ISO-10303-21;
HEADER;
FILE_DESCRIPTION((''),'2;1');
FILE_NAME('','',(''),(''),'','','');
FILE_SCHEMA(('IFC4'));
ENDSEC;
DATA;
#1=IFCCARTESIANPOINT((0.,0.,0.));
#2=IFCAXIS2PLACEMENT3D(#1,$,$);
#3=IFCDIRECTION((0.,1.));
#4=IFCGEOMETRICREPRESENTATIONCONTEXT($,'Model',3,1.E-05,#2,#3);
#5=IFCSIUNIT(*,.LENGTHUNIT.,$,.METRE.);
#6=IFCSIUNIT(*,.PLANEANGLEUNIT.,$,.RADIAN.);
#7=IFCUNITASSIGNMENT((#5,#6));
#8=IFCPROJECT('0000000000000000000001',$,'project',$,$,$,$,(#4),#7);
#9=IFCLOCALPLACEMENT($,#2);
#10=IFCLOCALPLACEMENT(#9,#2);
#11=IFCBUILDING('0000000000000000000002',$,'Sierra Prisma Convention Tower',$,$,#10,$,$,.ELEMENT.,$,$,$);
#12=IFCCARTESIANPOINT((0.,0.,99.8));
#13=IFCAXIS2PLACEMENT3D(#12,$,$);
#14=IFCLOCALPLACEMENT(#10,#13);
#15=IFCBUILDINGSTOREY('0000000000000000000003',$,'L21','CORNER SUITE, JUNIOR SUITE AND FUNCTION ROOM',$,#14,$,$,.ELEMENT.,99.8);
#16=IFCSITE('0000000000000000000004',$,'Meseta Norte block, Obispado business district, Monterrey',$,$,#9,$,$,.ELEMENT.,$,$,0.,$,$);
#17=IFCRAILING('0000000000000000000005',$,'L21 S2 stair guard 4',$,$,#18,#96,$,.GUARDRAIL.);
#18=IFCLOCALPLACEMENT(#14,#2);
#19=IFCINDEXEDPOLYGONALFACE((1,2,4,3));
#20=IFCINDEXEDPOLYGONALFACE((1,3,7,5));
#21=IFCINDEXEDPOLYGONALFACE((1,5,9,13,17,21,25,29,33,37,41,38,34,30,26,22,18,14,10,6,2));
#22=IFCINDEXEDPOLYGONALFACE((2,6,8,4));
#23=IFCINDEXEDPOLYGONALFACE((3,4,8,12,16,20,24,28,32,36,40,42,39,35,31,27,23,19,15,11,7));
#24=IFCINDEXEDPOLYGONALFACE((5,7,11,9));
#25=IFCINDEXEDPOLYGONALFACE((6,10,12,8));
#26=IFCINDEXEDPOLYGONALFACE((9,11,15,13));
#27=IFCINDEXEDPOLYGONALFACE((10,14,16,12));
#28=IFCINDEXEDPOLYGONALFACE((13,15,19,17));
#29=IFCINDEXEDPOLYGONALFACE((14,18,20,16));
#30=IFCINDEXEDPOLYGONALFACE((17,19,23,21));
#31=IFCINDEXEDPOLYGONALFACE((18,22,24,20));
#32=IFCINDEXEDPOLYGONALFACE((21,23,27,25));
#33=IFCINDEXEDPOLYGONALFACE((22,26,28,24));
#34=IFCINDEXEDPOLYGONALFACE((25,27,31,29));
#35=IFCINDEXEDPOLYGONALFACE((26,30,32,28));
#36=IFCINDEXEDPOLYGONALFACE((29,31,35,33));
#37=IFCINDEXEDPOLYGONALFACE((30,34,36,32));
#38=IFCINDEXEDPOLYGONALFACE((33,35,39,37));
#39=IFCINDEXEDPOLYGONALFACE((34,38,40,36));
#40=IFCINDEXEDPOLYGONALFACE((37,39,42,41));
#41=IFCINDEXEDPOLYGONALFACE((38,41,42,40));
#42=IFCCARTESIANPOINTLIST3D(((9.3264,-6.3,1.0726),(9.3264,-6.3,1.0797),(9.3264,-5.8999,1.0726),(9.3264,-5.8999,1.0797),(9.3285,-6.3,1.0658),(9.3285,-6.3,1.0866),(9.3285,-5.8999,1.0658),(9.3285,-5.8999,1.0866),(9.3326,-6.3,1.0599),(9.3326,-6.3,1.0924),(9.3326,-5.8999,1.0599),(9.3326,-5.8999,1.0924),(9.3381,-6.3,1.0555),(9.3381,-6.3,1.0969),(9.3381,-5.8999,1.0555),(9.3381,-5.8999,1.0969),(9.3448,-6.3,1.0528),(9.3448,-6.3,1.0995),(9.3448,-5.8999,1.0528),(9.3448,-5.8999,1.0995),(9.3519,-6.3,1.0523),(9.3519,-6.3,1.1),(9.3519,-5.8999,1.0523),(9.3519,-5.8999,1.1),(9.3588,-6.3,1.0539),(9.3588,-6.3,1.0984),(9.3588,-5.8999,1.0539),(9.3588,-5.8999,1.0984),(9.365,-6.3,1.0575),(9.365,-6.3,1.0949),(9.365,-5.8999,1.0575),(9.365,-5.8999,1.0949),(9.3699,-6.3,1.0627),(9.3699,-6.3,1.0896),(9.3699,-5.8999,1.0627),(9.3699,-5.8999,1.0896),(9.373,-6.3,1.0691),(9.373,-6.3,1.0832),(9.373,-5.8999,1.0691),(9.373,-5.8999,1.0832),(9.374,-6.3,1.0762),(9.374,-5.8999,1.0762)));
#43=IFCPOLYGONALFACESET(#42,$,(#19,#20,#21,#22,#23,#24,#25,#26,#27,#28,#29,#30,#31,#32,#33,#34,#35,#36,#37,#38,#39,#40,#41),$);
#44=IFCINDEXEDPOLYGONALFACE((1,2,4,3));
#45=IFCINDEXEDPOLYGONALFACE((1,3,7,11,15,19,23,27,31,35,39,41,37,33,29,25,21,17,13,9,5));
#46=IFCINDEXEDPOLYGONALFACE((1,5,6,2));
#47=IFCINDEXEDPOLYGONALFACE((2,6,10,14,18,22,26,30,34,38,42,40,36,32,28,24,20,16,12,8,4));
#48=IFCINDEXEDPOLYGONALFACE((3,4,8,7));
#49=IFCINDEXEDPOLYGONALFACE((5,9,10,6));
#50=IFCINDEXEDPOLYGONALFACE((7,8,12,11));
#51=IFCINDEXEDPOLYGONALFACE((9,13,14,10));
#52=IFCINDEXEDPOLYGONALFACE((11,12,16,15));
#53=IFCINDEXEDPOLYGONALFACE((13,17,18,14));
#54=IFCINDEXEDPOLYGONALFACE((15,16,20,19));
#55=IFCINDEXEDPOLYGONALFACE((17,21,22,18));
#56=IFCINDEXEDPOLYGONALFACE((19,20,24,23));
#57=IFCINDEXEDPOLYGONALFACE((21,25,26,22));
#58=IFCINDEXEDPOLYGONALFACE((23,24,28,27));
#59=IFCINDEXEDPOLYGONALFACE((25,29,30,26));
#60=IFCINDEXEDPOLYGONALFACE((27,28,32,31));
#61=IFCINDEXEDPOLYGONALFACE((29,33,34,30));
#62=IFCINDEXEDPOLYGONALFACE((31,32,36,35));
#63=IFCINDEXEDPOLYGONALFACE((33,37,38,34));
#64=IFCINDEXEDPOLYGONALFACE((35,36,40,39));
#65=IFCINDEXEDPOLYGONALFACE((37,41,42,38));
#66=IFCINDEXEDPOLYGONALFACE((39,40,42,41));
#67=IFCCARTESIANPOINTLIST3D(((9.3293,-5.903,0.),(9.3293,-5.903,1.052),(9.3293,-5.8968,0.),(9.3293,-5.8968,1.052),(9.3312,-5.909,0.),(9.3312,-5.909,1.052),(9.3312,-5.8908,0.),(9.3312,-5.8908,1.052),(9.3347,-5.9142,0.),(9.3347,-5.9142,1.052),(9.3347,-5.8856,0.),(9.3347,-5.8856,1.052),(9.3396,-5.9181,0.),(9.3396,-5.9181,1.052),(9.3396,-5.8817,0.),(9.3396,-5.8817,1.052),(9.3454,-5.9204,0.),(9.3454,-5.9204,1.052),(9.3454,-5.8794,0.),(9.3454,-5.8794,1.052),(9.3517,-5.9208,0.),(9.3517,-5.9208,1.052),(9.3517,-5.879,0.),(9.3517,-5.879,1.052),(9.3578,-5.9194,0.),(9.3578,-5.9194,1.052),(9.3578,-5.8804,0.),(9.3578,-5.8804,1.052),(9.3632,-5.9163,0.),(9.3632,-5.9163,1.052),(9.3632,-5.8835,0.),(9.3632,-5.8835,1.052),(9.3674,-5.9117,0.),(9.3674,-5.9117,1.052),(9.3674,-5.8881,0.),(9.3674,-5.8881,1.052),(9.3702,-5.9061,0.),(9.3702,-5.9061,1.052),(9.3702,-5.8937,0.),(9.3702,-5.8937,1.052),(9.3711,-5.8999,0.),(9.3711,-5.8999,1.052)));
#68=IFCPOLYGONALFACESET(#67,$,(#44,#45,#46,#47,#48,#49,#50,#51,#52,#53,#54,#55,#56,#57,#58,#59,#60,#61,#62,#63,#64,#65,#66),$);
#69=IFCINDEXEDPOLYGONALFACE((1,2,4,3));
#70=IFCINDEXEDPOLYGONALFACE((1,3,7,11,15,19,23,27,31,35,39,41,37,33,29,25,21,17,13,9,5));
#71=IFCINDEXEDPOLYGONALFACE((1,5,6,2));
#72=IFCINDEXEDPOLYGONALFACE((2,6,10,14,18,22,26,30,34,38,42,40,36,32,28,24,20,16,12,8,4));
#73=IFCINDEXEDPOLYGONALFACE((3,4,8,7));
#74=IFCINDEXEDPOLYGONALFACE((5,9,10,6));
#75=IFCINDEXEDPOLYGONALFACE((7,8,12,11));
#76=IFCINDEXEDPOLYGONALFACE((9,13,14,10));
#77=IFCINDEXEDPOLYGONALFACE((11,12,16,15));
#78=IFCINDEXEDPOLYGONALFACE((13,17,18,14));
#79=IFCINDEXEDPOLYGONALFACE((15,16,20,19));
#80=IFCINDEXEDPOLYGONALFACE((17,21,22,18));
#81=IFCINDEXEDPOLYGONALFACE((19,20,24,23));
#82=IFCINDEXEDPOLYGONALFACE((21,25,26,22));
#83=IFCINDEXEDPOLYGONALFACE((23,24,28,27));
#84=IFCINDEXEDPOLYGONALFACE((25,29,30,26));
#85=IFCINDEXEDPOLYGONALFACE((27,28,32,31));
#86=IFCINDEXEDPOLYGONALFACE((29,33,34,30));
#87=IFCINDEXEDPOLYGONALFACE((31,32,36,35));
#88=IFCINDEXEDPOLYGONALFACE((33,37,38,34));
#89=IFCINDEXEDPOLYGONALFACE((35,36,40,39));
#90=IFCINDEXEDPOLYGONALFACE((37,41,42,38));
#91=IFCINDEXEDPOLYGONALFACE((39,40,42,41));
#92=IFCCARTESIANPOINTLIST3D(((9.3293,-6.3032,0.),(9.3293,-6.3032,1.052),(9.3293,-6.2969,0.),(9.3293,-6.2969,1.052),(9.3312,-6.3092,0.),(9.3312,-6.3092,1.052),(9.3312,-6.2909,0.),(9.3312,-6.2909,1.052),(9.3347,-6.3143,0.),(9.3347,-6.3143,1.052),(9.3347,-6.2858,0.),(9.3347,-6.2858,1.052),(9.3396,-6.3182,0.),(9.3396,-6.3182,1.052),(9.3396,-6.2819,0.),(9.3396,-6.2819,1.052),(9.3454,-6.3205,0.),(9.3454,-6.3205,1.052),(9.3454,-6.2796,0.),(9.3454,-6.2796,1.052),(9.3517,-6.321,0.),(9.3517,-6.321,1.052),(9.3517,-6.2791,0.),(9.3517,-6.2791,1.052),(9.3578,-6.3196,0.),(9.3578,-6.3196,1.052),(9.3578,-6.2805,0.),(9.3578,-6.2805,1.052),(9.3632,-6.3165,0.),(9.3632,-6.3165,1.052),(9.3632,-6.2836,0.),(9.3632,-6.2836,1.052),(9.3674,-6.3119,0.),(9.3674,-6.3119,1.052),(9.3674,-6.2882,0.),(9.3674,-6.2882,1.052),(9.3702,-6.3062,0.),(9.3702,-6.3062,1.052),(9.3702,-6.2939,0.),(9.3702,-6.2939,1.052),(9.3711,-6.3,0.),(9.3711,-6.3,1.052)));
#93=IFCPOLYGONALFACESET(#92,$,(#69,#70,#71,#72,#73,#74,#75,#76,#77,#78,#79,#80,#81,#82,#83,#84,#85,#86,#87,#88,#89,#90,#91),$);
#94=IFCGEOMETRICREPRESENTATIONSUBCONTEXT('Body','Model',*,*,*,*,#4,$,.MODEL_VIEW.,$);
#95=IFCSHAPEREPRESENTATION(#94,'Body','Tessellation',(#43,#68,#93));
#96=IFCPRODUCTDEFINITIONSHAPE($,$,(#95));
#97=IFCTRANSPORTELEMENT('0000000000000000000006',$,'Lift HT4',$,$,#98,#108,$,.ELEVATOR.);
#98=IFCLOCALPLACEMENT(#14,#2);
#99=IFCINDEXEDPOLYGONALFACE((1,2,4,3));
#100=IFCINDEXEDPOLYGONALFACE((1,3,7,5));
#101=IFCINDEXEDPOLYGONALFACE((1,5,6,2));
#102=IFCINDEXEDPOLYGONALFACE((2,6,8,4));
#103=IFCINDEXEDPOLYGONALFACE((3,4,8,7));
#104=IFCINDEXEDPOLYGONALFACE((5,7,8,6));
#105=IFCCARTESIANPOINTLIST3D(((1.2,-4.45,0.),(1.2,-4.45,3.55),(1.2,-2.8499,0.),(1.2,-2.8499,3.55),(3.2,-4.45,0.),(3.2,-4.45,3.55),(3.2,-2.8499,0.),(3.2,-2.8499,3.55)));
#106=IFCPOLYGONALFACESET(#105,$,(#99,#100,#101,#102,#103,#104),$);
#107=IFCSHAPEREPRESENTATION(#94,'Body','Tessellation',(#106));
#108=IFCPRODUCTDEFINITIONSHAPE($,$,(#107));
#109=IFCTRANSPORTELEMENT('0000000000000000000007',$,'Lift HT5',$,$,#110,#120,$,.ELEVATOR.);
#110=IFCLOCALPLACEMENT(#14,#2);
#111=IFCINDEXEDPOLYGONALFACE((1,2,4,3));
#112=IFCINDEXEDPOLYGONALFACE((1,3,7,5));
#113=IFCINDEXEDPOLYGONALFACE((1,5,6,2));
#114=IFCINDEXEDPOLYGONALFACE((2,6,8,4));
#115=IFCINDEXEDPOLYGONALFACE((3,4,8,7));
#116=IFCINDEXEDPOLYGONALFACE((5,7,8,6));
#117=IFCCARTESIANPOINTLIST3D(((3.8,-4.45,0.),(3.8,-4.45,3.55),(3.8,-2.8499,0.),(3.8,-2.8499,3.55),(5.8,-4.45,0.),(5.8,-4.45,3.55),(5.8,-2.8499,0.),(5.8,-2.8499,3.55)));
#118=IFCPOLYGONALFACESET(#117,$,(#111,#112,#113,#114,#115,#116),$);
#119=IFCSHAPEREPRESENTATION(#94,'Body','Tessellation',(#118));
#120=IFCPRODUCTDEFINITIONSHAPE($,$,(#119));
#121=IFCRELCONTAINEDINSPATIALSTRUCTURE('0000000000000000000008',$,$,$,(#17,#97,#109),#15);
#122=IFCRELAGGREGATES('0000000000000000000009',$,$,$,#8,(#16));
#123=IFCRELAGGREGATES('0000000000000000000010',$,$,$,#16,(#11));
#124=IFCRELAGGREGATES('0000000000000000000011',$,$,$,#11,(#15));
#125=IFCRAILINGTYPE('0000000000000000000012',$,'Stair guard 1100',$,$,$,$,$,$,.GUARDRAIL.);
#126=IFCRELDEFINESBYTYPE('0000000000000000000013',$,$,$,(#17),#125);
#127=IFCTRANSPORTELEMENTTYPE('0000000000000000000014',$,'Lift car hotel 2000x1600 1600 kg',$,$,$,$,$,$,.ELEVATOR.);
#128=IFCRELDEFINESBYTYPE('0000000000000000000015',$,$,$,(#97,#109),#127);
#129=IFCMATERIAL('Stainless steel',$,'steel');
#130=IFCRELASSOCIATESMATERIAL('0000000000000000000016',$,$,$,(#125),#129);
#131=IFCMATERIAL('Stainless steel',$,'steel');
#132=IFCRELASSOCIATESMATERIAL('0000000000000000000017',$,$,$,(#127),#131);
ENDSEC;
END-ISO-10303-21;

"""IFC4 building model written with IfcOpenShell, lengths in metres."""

from ifc_helpers import new_model, si_unit, direction, frame, origin, origin_2d, place, context, subcontext, project, spatial, rectangle, circle, extrude, material, type_object, element, save


model = new_model("IFC4")

# Units and contexts
model_context = context("Model", 3, precision=1e-05, world=origin(), true_north=direction((0.0, 1.0)))
body_context = subcontext(model_context, "Body", "Model", "MODEL_VIEW")
ifc_project = project(units=[si_unit("LENGTHUNIT", "METRE"), si_unit("PLANEANGLEUNIT", "RADIAN")], contexts=[model_context])

# Site, building, storey
site_placement = place(None, origin())
site = spatial("IfcSite", under=ifc_project, at=site_placement, Name="Meseta Norte block, Obispado business district, Monterrey", CompositionType="ELEMENT", RefElevation=0.0)
building_placement = place(site_placement, origin())
building = spatial("IfcBuilding", under=site, at=building_placement, Name="Sierra Prisma Convention Tower", CompositionType="ELEMENT")
storey_placement = place(building_placement, frame((0.0, 0.0, 99.8)))
storey = spatial("IfcBuildingStorey", under=building, at=storey_placement, Name="L21", Description="CORNER SUITE, JUNIOR SUITE AND FUNCTION ROOM", CompositionType="ELEMENT", Elevation=99.8)

# Railing
ifc_material_1 = material(Name="Stainless steel", Category="steel")
railing_type_1 = type_object("IfcRailingType", Name="Stair guard 1100", PredefinedType="GUARDRAIL", material=ifc_material_1)
railing_1_placement = place(storey_placement, frame((9.3501, -5.8999, 0.0)))
element("IfcRailing", 1, at=railing_1_placement, inside=storey, type_object=railing_type_1, Name="L21 S2 stair guard 4", PredefinedType="GUARDRAIL", context=body_context, shape_type="SweptSolid", body=[
    extrude(circle(Radius=0.0239, at=origin_2d()), frame((0.0, 0.0, 1.0762), z_axis=(0.0, -1.0, 0.0), x_axis=(1.0, 0.0, 0.0)), (0.0, 0.0, 1.0), 0.4001),
    extrude(circle(Radius=0.021, at=origin_2d()), origin(), (0.0, 0.0, 1.0), 1.052),
    extrude(circle(Radius=0.021, at=origin_2d()), frame((0.0, -0.4001, 0.0)), (0.0, 0.0, 1.0), 1.052),
])

# Transport elements
ifc_material_2 = material(Name="Stainless steel", Category="steel")
transport_element_type = type_object("IfcTransportElementType", Name="Lift car hotel 2000x1600 1600 kg", PredefinedType="ELEVATOR", material=ifc_material_2)
for number, where, z_axis, x_axis, name in (
    (2, (2.2, -3.6499, 0.0), (0.0, 0.0, 1.0), (1.0, 0.0, 0.0), "Lift HT4"),
    (3, (4.8, -3.6499, 0.0), (0.0, 0.0, 1.0), (1.0, 0.0, 0.0), "Lift HT5"),
):
    element("IfcTransportElement", number, at=place(storey_placement, frame(where, z_axis=z_axis, x_axis=x_axis)), inside=storey, type_object=transport_element_type, Name=name, PredefinedType="ELEVATOR", context=body_context, shape_type="SweptSolid", body=[
        extrude(rectangle(XDim=2.0, YDim=1.6001, at=origin_2d()), origin(), (0.0, 0.0, 1.0), 3.55),
    ])

save(model, "model.ifc")
